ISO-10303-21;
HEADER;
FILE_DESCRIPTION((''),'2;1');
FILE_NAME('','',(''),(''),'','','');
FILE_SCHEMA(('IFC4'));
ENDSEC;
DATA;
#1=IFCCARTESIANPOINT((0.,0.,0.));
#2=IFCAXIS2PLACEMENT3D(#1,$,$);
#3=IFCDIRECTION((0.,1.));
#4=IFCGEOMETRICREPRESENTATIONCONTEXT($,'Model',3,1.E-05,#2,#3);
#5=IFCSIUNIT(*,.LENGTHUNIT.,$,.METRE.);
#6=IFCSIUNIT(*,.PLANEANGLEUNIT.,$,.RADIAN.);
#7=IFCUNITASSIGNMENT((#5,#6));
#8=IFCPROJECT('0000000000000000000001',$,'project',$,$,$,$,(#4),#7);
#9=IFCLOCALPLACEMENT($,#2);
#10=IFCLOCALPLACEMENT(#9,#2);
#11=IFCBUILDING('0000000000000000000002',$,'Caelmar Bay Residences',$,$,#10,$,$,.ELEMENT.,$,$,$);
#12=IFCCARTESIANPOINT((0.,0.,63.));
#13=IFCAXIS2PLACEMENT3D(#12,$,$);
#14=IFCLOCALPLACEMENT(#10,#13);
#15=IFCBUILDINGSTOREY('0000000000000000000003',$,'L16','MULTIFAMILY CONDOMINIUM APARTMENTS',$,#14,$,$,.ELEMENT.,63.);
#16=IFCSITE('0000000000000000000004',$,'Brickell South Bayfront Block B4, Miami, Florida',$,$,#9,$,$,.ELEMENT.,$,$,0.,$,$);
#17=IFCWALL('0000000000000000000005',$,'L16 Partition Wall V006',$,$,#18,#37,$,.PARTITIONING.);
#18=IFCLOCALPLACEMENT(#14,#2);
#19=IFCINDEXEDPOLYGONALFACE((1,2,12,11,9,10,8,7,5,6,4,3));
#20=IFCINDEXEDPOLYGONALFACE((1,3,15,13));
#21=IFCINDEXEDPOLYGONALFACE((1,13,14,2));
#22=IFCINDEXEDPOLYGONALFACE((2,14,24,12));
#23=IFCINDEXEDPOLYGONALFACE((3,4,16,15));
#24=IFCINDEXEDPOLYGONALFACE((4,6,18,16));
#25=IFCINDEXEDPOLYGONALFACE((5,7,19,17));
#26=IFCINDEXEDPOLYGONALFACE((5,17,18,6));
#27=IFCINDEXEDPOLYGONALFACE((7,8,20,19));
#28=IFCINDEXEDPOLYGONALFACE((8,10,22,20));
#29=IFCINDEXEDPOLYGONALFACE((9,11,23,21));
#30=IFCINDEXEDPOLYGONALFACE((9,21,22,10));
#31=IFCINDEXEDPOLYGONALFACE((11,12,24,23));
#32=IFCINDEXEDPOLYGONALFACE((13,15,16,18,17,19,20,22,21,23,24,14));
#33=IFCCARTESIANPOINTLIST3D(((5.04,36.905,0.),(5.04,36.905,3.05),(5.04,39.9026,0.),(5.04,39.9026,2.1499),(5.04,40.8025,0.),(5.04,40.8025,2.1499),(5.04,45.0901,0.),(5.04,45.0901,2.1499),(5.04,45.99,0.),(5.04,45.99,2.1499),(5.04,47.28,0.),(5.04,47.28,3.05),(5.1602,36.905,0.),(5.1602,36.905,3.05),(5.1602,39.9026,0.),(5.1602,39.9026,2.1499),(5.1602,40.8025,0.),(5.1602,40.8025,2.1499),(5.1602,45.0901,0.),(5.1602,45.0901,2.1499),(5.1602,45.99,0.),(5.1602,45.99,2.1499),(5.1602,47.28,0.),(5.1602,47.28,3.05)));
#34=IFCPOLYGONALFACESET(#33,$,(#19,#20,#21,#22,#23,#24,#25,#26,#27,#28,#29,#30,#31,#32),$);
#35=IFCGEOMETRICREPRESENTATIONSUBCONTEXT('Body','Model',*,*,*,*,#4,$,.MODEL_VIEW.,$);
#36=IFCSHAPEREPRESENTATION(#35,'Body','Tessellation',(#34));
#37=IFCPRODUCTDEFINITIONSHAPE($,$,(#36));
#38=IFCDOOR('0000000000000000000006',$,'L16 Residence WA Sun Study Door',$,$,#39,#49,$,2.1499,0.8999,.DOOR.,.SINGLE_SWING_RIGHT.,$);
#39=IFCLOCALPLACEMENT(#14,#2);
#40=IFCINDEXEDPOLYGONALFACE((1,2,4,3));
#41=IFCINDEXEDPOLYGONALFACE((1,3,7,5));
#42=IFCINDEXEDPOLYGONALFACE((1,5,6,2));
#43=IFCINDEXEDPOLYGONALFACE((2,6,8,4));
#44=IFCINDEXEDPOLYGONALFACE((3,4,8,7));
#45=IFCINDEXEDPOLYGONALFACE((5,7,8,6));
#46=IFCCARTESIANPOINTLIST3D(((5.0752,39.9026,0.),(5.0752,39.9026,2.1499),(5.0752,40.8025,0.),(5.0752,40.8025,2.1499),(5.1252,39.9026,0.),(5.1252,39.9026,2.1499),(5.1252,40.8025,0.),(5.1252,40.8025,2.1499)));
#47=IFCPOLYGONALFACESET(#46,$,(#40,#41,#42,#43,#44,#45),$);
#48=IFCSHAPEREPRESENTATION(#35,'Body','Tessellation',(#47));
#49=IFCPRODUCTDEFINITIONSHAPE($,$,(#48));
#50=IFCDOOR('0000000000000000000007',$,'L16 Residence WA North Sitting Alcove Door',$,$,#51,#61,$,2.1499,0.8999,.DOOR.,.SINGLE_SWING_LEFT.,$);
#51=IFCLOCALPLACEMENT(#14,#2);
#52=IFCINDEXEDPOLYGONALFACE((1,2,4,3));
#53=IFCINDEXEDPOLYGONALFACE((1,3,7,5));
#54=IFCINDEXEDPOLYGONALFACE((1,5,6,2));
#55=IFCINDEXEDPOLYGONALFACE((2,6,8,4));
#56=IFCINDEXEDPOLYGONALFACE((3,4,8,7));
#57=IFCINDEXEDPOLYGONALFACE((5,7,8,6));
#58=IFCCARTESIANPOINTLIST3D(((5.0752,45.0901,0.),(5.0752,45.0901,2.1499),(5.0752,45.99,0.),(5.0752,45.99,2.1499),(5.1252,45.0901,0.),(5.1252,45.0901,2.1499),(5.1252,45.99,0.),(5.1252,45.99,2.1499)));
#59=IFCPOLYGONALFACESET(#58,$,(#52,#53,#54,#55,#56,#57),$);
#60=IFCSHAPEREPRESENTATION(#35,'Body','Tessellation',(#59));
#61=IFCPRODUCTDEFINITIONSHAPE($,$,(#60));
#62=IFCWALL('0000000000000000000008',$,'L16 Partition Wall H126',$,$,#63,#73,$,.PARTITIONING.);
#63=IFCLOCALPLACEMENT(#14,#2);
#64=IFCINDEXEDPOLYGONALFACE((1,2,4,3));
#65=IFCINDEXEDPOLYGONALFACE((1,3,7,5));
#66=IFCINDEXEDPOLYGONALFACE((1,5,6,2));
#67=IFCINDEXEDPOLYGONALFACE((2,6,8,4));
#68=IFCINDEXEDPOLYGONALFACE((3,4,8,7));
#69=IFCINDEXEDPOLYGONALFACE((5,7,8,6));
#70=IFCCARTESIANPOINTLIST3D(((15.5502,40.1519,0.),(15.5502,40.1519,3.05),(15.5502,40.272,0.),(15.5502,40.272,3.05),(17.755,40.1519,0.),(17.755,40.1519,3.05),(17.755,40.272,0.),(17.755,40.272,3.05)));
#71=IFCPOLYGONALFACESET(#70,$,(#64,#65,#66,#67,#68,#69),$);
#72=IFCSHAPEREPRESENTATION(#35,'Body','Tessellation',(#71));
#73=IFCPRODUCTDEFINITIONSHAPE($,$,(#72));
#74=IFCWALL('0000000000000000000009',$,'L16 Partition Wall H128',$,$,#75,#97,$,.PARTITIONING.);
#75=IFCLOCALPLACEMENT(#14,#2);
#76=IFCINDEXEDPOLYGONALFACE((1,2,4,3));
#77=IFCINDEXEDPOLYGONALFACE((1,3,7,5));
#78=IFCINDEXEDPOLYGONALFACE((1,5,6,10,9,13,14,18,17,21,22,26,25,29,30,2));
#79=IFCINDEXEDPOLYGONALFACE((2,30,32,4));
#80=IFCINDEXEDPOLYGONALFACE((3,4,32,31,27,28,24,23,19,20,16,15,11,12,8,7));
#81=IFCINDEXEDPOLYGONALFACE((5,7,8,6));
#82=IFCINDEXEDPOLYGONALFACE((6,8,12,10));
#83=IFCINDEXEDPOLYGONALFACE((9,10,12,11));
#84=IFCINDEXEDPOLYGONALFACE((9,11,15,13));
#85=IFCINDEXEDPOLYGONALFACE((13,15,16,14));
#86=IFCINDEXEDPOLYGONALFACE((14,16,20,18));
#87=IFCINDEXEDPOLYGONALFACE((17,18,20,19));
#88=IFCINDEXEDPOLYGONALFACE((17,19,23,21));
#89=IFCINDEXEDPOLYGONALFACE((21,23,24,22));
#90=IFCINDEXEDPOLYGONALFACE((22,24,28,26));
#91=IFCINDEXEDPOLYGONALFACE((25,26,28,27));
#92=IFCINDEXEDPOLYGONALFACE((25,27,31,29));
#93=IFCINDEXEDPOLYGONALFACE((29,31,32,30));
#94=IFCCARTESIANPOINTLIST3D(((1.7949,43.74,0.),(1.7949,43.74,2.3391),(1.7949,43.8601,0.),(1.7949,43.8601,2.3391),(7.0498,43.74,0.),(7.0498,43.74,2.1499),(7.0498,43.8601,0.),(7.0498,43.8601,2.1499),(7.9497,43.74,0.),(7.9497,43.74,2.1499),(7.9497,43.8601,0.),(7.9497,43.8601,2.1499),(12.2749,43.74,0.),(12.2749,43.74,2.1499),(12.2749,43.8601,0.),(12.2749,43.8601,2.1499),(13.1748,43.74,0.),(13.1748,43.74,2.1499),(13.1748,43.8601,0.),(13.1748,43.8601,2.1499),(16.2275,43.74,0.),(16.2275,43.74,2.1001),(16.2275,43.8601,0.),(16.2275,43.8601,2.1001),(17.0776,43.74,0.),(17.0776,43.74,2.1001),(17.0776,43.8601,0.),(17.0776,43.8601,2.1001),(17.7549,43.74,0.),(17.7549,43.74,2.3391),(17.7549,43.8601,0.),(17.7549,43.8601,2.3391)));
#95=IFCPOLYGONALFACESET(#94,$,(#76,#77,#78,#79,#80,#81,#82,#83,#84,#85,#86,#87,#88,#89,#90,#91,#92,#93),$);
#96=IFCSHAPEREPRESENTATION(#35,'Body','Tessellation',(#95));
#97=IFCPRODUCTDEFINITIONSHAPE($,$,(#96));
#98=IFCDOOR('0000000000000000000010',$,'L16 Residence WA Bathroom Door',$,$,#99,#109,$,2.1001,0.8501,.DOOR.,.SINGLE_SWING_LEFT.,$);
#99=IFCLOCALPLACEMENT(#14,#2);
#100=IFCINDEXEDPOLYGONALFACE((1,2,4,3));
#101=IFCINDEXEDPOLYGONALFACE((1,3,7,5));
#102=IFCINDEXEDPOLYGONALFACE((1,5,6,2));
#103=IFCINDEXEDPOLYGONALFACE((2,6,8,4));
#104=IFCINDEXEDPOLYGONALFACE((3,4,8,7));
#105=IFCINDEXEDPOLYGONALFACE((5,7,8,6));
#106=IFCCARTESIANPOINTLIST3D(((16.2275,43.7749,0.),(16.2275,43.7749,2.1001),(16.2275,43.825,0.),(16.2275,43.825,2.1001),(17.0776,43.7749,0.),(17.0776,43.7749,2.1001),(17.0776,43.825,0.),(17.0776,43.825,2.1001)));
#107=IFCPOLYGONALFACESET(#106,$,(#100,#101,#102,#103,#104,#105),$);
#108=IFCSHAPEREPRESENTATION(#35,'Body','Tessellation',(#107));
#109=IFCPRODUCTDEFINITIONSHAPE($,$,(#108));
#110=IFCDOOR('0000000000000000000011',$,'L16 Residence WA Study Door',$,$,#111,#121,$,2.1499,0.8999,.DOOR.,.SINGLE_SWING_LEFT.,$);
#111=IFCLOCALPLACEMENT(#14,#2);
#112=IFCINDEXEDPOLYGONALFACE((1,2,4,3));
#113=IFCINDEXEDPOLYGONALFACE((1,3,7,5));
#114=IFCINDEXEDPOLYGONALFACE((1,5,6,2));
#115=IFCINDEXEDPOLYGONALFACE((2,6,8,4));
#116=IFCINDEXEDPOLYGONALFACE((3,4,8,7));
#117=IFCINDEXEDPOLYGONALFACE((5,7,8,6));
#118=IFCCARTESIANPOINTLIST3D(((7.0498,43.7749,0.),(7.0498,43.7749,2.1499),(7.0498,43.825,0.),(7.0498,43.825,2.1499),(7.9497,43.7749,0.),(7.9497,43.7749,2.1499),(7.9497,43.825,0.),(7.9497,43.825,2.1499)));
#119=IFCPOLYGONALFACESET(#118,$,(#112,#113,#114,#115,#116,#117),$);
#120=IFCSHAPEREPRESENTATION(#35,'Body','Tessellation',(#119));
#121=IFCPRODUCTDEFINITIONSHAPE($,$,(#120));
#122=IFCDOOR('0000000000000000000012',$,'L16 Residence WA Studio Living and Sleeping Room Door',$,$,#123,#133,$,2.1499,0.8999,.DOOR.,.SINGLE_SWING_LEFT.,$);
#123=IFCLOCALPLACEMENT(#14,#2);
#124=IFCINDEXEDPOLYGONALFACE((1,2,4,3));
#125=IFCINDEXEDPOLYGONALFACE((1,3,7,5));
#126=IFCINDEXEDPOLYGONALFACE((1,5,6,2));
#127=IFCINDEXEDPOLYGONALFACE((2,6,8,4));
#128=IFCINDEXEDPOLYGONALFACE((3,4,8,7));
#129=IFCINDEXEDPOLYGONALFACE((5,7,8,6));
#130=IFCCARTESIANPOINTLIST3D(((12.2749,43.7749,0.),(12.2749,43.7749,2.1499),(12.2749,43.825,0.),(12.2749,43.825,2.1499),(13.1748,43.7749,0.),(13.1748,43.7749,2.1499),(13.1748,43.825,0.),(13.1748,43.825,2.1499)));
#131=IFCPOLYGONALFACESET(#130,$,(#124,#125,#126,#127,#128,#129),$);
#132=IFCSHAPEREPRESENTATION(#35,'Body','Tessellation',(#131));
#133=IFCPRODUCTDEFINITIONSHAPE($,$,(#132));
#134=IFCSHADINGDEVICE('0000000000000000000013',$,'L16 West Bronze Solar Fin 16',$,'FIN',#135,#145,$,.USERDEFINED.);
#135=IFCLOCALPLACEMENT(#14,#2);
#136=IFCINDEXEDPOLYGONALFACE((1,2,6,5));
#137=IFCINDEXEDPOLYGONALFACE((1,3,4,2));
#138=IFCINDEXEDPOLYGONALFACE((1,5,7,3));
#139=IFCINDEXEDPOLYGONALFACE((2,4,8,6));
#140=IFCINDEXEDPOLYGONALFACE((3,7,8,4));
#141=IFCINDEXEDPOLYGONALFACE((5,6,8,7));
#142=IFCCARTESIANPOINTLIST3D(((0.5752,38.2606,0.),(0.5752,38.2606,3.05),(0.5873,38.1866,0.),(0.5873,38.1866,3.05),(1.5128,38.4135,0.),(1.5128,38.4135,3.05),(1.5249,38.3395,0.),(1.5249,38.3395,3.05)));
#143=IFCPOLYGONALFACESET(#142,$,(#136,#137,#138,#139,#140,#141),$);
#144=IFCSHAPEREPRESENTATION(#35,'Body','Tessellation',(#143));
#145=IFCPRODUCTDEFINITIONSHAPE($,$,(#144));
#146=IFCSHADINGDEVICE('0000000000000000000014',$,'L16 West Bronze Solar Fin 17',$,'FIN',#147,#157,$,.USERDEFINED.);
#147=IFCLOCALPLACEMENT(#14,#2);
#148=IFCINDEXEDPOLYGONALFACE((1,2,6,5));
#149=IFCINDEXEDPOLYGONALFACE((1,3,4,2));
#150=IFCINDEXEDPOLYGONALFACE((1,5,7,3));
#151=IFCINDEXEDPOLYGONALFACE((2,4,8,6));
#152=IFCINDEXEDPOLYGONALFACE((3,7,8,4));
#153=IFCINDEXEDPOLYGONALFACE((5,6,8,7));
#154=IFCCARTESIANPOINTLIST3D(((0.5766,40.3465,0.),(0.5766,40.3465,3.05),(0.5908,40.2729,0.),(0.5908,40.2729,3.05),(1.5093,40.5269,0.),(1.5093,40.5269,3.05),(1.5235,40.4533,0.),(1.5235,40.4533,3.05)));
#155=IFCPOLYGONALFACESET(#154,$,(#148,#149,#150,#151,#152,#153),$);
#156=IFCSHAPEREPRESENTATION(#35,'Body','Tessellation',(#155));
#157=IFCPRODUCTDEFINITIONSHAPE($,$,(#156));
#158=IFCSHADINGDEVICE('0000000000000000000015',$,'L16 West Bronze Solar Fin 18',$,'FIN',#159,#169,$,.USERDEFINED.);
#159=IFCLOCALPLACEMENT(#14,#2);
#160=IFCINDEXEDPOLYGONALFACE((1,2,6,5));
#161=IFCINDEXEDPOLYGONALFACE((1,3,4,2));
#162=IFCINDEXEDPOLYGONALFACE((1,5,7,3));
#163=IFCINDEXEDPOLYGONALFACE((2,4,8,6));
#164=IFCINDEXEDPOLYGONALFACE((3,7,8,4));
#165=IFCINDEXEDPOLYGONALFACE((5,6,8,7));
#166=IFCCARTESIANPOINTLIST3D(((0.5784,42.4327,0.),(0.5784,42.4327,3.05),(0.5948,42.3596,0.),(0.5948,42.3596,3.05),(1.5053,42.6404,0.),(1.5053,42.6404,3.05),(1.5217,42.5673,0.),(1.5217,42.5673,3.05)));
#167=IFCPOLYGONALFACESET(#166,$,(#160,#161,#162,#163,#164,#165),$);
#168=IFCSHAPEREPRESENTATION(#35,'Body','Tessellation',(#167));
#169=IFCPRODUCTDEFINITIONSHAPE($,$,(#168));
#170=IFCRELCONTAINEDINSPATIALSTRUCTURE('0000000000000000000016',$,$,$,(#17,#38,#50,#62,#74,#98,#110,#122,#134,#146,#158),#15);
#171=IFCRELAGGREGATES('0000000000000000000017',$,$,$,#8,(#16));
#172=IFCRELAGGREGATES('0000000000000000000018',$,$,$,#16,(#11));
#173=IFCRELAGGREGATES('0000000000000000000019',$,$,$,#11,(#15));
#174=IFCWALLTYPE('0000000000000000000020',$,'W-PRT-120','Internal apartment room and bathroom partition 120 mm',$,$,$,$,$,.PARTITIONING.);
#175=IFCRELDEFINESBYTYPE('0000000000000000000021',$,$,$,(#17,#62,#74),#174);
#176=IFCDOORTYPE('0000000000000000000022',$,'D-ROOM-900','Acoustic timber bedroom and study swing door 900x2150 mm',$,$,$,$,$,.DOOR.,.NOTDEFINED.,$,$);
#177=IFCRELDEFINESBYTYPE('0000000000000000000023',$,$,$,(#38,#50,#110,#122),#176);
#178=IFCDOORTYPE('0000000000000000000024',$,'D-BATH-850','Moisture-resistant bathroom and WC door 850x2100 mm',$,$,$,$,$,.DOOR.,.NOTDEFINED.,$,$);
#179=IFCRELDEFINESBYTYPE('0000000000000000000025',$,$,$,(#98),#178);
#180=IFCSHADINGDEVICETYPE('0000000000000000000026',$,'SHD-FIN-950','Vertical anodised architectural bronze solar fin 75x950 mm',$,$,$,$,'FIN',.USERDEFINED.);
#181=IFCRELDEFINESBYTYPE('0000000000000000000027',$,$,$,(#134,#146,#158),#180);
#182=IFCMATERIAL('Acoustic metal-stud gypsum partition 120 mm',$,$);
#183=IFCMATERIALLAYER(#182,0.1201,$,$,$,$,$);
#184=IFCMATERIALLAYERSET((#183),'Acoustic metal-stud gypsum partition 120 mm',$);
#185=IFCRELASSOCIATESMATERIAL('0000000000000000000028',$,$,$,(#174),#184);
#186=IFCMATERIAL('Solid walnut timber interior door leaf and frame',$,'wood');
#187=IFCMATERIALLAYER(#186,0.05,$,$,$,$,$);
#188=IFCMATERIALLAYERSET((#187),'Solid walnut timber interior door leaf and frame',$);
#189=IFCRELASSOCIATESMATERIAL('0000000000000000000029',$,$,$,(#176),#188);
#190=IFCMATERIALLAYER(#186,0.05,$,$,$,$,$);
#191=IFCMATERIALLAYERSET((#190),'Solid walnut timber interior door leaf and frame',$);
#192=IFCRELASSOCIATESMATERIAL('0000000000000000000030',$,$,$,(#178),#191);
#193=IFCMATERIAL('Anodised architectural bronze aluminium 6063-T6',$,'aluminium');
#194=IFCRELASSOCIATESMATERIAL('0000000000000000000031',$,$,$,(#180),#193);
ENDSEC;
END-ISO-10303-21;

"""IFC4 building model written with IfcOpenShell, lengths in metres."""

from ifc_helpers import new_model, si_unit, direction, frame, frame_2d, origin, origin_2d, place, context, subcontext, project, spatial, rectangle, extrude, material, layer, layer_set, material_profile, profile_set, type_object, element, fill, save


model = new_model("IFC4")

# Units and contexts
model_context = context("Model", 3, precision=1e-05, world=origin(), true_north=direction((0.0, 1.0)))
body_context = subcontext(model_context, "Body", "Model", "MODEL_VIEW")
ifc_project = project(units=[si_unit("LENGTHUNIT", "METRE"), si_unit("PLANEANGLEUNIT", "RADIAN")], contexts=[model_context])

# Site, building, storey
site_placement = place(None, origin())
site = spatial("IfcSite", under=ifc_project, at=site_placement, Name="Brickell South Bayfront Block B4, Miami, Florida", CompositionType="ELEMENT", RefElevation=0.0)
building_placement = place(site_placement, origin())
building = spatial("IfcBuilding", under=site, at=building_placement, Name="Caelmar Bay Residences", CompositionType="ELEMENT")
storey_placement = place(building_placement, frame((0.0, 0.0, 63.0)))
storey = spatial("IfcBuildingStorey", under=building, at=storey_placement, Name="L16", Description="MULTIFAMILY CONDOMINIUM APARTMENTS", CompositionType="ELEMENT", Elevation=63.0)

# Wall, openings, doors
ifc_material_1 = material(Name="Acoustic metal-stud gypsum partition 120 mm")
ifc_layer_1 = layer(ifc_material_1, 0.1201)
ifc_layer_set_1 = layer_set([ifc_layer_1], Name="Acoustic metal-stud gypsum partition 120 mm")
wall_type_1 = type_object("IfcWallType", Name="W-PRT-120", Description="Internal apartment room and bathroom partition 120 mm", PredefinedType="PARTITIONING", material=ifc_layer_set_1)
wall_1_placement = place(storey_placement, frame((5.1001, 36.905, 0.0), z_axis=(0.0, 0.0, 1.0), x_axis=(0.0, 1.0, 0.0)))
wall_1 = element("IfcWall", 1, at=wall_1_placement, inside=storey, type_object=wall_type_1, Name="L16 Partition Wall V006", PredefinedType="PARTITIONING", context=body_context, shape_type="SweptSolid", body=[
    extrude(rectangle(XDim=10.375, YDim=0.1201, at=frame_2d((5.1875, 0.0))), origin(), (0.0, 0.0, 1.0), 3.05),
])
opening_1_placement = place(wall_1_placement, frame((2.9976, 0.0, 0.0)))
opening_1 = element("IfcOpeningElement", 2, at=opening_1_placement, cuts=wall_1, PredefinedType="OPENING", context=body_context, shape_type="SweptSolid", body=[
    extrude(rectangle(XDim=0.8999, YDim=2.1499, at=frame_2d((0.45, 1.075))), frame((0.0, 0.0701, 0.0), z_axis=(0.0, -1.0, 0.0), x_axis=(1.0, 0.0, 0.0)), (0.0, 0.0, 1.0), 0.1401),
])
opening_2_placement = place(wall_1_placement, frame((8.1851, 0.0, 0.0)))
opening_2 = element("IfcOpeningElement", 3, at=opening_2_placement, cuts=wall_1, PredefinedType="OPENING", context=body_context, shape_type="SweptSolid", body=[
    extrude(rectangle(XDim=0.8999, YDim=2.1499, at=frame_2d((0.45, 1.075))), frame((0.0, 0.0701, 0.0), z_axis=(0.0, -1.0, 0.0), x_axis=(1.0, 0.0, 0.0)), (0.0, 0.0, 1.0), 0.1401),
])
ifc_material_2 = material(Name="Solid walnut timber interior door leaf and frame", Category="wood")
ifc_layer_2 = layer(ifc_material_2, 0.05)
ifc_layer_set_2 = layer_set([ifc_layer_2], Name="Solid walnut timber interior door leaf and frame")
door_type_1 = type_object("IfcDoorType", Name="D-ROOM-900", Description="Acoustic timber bedroom and study swing door 900x2150 mm", OperationType="NOTDEFINED", PredefinedType="DOOR", material=ifc_layer_set_2)
door_1_placement = place(opening_1_placement, origin())
door_1 = element("IfcDoor", 4, at=door_1_placement, inside=storey, type_object=door_type_1, Name="L16 Residence WA Sun Study Door", OperationType="SINGLE_SWING_RIGHT", OverallHeight=2.1499, OverallWidth=0.8999, PredefinedType="DOOR", context=body_context, shape_type="SweptSolid", body=[
    extrude(rectangle(XDim=0.8999, YDim=2.1499, at=frame_2d((0.45, 1.075))), frame((0.0, 0.0249, 0.0), z_axis=(0.0, -1.0, 0.0), x_axis=(1.0, 0.0, 0.0)), (0.0, 0.0, 1.0), 0.05),
])
fill(opening_1, door_1)
door_2_placement = place(opening_2_placement, origin())
door_2 = element("IfcDoor", 5, at=door_2_placement, inside=storey, type_object=door_type_1, Name="L16 Residence WA North Sitting Alcove Door", OperationType="SINGLE_SWING_LEFT", OverallHeight=2.1499, OverallWidth=0.8999, PredefinedType="DOOR", context=body_context, shape_type="SweptSolid", body=[
    extrude(rectangle(XDim=0.8999, YDim=2.1499, at=frame_2d((0.45, 1.075))), frame((0.0, 0.0249, 0.0), z_axis=(0.0, -1.0, 0.0), x_axis=(1.0, 0.0, 0.0)), (0.0, 0.0, 1.0), 0.05),
])
fill(opening_2, door_2)

# Wall
wall_2_placement = place(storey_placement, frame((15.55, 40.2119, 0.0), z_axis=(0.0, 0.0, 1.0), x_axis=(1.0, 0.0, 0.0)))
element("IfcWall", 6, at=wall_2_placement, inside=storey, type_object=wall_type_1, Name="L16 Partition Wall H126", PredefinedType="PARTITIONING", context=body_context, shape_type="SweptSolid", body=[
    extrude(rectangle(XDim=2.2048, YDim=0.1201, at=frame_2d((1.1025, 0.0))), origin(), (0.0, 0.0, 1.0), 3.05),
])

# Wall, openings, doors
wall_3_placement = place(storey_placement, frame((1.7949, 43.8, 0.0), z_axis=(0.0, 0.0, 1.0), x_axis=(1.0, 0.0, 0.0)))
wall_3 = element("IfcWall", 7, at=wall_3_placement, inside=storey, type_object=wall_type_1, Name="L16 Partition Wall H128", PredefinedType="PARTITIONING", context=body_context, shape_type="SweptSolid", body=[
    extrude(rectangle(XDim=15.96, YDim=0.1201, at=frame_2d((7.98, 0.0))), origin(), (0.0, 0.0, 1.0), 2.3391),
])
opening_3_placement = place(wall_3_placement, frame((5.2549, 0.0, 0.0)))
opening_3 = element("IfcOpeningElement", 8, at=opening_3_placement, cuts=wall_3, PredefinedType="OPENING", context=body_context, shape_type="SweptSolid", body=[
    extrude(rectangle(XDim=0.8999, YDim=2.1499, at=frame_2d((0.45, 1.075))), frame((0.0, 0.0701, 0.0), z_axis=(0.0, -1.0, 0.0), x_axis=(1.0, 0.0, 0.0)), (0.0, 0.0, 1.0), 0.1401),
])
opening_4_placement = place(wall_3_placement, frame((10.48, 0.0, 0.0)))
opening_4 = element("IfcOpeningElement", 9, at=opening_4_placement, cuts=wall_3, PredefinedType="OPENING", context=body_context, shape_type="SweptSolid", body=[
    extrude(rectangle(XDim=0.8999, YDim=2.1499, at=frame_2d((0.45, 1.075))), frame((0.0, 0.0701, 0.0), z_axis=(0.0, -1.0, 0.0), x_axis=(1.0, 0.0, 0.0)), (0.0, 0.0, 1.0), 0.1401),
])
opening_5_placement = place(wall_3_placement, frame((14.4326, 0.0, 0.0)))
opening_5 = element("IfcOpeningElement", 10, at=opening_5_placement, cuts=wall_3, PredefinedType="OPENING", context=body_context, shape_type="SweptSolid", body=[
    extrude(rectangle(XDim=0.8501, YDim=2.1001, at=frame_2d((0.425, 1.05))), frame((0.0, 0.0701, 0.0), z_axis=(0.0, -1.0, 0.0), x_axis=(1.0, 0.0, 0.0)), (0.0, 0.0, 1.0), 0.1401),
])
ifc_layer_3 = layer(ifc_material_2, 0.05)
ifc_layer_set_3 = layer_set([ifc_layer_3], Name="Solid walnut timber interior door leaf and frame")
door_type_2 = type_object("IfcDoorType", Name="D-BATH-850", Description="Moisture-resistant bathroom and WC door 850x2100 mm", OperationType="NOTDEFINED", PredefinedType="DOOR", material=ifc_layer_set_3)
door_3_placement = place(opening_5_placement, origin())
door_3 = element("IfcDoor", 11, at=door_3_placement, inside=storey, type_object=door_type_2, Name="L16 Residence WA Bathroom Door", OperationType="SINGLE_SWING_LEFT", OverallHeight=2.1001, OverallWidth=0.8501, PredefinedType="DOOR", context=body_context, shape_type="SweptSolid", body=[
    extrude(rectangle(XDim=0.8501, YDim=2.1001, at=frame_2d((0.425, 1.05))), frame((0.0, 0.0249, 0.0), z_axis=(0.0, -1.0, 0.0), x_axis=(1.0, 0.0, 0.0)), (0.0, 0.0, 1.0), 0.05),
])
fill(opening_5, door_3)
door_4_placement = place(opening_3_placement, origin())
door_4 = element("IfcDoor", 12, at=door_4_placement, inside=storey, type_object=door_type_1, Name="L16 Residence WA Study Door", OperationType="SINGLE_SWING_LEFT", OverallHeight=2.1499, OverallWidth=0.8999, PredefinedType="DOOR", context=body_context, shape_type="SweptSolid", body=[
    extrude(rectangle(XDim=0.8999, YDim=2.1499, at=frame_2d((0.45, 1.075))), frame((0.0, 0.0249, 0.0), z_axis=(0.0, -1.0, 0.0), x_axis=(1.0, 0.0, 0.0)), (0.0, 0.0, 1.0), 0.05),
])
fill(opening_3, door_4)
door_5_placement = place(opening_4_placement, origin())
door_5 = element("IfcDoor", 13, at=door_5_placement, inside=storey, type_object=door_type_1, Name="L16 Residence WA Studio Living and Sleeping Room Door", OperationType="SINGLE_SWING_LEFT", OverallHeight=2.1499, OverallWidth=0.8999, PredefinedType="DOOR", context=body_context, shape_type="SweptSolid", body=[
    extrude(rectangle(XDim=0.8999, YDim=2.1499, at=frame_2d((0.45, 1.075))), frame((0.0, 0.0249, 0.0), z_axis=(0.0, -1.0, 0.0), x_axis=(1.0, 0.0, 0.0)), (0.0, 0.0, 1.0), 0.05),
])
fill(opening_4, door_5)

# Shading devices
ifc_material_3 = material(Name="Anodised architectural bronze aluminium 6063-T6", Category="aluminium")
ifc_material_profile_1 = material_profile(ifc_material_3, rectangle(XDim=0.075, YDim=0.95, at=origin_2d()), Name="BRONZE-FIN-75X950")
ifc_profile_set_1 = profile_set([ifc_material_profile_1], Name="Anodised architectural bronze aluminium 6063-T6")
shading_device_type = type_object("IfcShadingDeviceType", Name="SHD-FIN-950", Description="Vertical anodised architectural bronze solar fin 75x950 mm", ElementType="FIN", PredefinedType="USERDEFINED", material=ifc_profile_set_1)
for number, where, z_axis, x_axis, name in (
    (14, (1.05, 38.3, 0.0), (0.0, 0.0, 1.0), (-0.160915, 0.986968, 0.0), "L16 West Bronze Solar Fin 16"),
    (15, (1.05, 40.3999, 0.0), (0.0, 0.0, 1.0), (-0.189952, 0.981793, 0.0), "L16 West Bronze Solar Fin 17"),
    (16, (1.05, 42.5, 0.0), (0.0, 0.0, 1.0), (-0.218654, 0.975802, 0.0), "L16 West Bronze Solar Fin 18"),
):
    element("IfcShadingDevice", number, at=place(storey_placement, frame(where, z_axis=z_axis, x_axis=x_axis)), inside=storey, type_object=shading_device_type, Name=name, ObjectType="FIN", PredefinedType="USERDEFINED", context=body_context, shape_type="SweptSolid", body=[
        extrude(rectangle(XDim=0.075, YDim=0.95, at=origin_2d()), origin(), (0.0, 0.0, 1.0), 3.05),
    ])

save(model, "model.ifc")
